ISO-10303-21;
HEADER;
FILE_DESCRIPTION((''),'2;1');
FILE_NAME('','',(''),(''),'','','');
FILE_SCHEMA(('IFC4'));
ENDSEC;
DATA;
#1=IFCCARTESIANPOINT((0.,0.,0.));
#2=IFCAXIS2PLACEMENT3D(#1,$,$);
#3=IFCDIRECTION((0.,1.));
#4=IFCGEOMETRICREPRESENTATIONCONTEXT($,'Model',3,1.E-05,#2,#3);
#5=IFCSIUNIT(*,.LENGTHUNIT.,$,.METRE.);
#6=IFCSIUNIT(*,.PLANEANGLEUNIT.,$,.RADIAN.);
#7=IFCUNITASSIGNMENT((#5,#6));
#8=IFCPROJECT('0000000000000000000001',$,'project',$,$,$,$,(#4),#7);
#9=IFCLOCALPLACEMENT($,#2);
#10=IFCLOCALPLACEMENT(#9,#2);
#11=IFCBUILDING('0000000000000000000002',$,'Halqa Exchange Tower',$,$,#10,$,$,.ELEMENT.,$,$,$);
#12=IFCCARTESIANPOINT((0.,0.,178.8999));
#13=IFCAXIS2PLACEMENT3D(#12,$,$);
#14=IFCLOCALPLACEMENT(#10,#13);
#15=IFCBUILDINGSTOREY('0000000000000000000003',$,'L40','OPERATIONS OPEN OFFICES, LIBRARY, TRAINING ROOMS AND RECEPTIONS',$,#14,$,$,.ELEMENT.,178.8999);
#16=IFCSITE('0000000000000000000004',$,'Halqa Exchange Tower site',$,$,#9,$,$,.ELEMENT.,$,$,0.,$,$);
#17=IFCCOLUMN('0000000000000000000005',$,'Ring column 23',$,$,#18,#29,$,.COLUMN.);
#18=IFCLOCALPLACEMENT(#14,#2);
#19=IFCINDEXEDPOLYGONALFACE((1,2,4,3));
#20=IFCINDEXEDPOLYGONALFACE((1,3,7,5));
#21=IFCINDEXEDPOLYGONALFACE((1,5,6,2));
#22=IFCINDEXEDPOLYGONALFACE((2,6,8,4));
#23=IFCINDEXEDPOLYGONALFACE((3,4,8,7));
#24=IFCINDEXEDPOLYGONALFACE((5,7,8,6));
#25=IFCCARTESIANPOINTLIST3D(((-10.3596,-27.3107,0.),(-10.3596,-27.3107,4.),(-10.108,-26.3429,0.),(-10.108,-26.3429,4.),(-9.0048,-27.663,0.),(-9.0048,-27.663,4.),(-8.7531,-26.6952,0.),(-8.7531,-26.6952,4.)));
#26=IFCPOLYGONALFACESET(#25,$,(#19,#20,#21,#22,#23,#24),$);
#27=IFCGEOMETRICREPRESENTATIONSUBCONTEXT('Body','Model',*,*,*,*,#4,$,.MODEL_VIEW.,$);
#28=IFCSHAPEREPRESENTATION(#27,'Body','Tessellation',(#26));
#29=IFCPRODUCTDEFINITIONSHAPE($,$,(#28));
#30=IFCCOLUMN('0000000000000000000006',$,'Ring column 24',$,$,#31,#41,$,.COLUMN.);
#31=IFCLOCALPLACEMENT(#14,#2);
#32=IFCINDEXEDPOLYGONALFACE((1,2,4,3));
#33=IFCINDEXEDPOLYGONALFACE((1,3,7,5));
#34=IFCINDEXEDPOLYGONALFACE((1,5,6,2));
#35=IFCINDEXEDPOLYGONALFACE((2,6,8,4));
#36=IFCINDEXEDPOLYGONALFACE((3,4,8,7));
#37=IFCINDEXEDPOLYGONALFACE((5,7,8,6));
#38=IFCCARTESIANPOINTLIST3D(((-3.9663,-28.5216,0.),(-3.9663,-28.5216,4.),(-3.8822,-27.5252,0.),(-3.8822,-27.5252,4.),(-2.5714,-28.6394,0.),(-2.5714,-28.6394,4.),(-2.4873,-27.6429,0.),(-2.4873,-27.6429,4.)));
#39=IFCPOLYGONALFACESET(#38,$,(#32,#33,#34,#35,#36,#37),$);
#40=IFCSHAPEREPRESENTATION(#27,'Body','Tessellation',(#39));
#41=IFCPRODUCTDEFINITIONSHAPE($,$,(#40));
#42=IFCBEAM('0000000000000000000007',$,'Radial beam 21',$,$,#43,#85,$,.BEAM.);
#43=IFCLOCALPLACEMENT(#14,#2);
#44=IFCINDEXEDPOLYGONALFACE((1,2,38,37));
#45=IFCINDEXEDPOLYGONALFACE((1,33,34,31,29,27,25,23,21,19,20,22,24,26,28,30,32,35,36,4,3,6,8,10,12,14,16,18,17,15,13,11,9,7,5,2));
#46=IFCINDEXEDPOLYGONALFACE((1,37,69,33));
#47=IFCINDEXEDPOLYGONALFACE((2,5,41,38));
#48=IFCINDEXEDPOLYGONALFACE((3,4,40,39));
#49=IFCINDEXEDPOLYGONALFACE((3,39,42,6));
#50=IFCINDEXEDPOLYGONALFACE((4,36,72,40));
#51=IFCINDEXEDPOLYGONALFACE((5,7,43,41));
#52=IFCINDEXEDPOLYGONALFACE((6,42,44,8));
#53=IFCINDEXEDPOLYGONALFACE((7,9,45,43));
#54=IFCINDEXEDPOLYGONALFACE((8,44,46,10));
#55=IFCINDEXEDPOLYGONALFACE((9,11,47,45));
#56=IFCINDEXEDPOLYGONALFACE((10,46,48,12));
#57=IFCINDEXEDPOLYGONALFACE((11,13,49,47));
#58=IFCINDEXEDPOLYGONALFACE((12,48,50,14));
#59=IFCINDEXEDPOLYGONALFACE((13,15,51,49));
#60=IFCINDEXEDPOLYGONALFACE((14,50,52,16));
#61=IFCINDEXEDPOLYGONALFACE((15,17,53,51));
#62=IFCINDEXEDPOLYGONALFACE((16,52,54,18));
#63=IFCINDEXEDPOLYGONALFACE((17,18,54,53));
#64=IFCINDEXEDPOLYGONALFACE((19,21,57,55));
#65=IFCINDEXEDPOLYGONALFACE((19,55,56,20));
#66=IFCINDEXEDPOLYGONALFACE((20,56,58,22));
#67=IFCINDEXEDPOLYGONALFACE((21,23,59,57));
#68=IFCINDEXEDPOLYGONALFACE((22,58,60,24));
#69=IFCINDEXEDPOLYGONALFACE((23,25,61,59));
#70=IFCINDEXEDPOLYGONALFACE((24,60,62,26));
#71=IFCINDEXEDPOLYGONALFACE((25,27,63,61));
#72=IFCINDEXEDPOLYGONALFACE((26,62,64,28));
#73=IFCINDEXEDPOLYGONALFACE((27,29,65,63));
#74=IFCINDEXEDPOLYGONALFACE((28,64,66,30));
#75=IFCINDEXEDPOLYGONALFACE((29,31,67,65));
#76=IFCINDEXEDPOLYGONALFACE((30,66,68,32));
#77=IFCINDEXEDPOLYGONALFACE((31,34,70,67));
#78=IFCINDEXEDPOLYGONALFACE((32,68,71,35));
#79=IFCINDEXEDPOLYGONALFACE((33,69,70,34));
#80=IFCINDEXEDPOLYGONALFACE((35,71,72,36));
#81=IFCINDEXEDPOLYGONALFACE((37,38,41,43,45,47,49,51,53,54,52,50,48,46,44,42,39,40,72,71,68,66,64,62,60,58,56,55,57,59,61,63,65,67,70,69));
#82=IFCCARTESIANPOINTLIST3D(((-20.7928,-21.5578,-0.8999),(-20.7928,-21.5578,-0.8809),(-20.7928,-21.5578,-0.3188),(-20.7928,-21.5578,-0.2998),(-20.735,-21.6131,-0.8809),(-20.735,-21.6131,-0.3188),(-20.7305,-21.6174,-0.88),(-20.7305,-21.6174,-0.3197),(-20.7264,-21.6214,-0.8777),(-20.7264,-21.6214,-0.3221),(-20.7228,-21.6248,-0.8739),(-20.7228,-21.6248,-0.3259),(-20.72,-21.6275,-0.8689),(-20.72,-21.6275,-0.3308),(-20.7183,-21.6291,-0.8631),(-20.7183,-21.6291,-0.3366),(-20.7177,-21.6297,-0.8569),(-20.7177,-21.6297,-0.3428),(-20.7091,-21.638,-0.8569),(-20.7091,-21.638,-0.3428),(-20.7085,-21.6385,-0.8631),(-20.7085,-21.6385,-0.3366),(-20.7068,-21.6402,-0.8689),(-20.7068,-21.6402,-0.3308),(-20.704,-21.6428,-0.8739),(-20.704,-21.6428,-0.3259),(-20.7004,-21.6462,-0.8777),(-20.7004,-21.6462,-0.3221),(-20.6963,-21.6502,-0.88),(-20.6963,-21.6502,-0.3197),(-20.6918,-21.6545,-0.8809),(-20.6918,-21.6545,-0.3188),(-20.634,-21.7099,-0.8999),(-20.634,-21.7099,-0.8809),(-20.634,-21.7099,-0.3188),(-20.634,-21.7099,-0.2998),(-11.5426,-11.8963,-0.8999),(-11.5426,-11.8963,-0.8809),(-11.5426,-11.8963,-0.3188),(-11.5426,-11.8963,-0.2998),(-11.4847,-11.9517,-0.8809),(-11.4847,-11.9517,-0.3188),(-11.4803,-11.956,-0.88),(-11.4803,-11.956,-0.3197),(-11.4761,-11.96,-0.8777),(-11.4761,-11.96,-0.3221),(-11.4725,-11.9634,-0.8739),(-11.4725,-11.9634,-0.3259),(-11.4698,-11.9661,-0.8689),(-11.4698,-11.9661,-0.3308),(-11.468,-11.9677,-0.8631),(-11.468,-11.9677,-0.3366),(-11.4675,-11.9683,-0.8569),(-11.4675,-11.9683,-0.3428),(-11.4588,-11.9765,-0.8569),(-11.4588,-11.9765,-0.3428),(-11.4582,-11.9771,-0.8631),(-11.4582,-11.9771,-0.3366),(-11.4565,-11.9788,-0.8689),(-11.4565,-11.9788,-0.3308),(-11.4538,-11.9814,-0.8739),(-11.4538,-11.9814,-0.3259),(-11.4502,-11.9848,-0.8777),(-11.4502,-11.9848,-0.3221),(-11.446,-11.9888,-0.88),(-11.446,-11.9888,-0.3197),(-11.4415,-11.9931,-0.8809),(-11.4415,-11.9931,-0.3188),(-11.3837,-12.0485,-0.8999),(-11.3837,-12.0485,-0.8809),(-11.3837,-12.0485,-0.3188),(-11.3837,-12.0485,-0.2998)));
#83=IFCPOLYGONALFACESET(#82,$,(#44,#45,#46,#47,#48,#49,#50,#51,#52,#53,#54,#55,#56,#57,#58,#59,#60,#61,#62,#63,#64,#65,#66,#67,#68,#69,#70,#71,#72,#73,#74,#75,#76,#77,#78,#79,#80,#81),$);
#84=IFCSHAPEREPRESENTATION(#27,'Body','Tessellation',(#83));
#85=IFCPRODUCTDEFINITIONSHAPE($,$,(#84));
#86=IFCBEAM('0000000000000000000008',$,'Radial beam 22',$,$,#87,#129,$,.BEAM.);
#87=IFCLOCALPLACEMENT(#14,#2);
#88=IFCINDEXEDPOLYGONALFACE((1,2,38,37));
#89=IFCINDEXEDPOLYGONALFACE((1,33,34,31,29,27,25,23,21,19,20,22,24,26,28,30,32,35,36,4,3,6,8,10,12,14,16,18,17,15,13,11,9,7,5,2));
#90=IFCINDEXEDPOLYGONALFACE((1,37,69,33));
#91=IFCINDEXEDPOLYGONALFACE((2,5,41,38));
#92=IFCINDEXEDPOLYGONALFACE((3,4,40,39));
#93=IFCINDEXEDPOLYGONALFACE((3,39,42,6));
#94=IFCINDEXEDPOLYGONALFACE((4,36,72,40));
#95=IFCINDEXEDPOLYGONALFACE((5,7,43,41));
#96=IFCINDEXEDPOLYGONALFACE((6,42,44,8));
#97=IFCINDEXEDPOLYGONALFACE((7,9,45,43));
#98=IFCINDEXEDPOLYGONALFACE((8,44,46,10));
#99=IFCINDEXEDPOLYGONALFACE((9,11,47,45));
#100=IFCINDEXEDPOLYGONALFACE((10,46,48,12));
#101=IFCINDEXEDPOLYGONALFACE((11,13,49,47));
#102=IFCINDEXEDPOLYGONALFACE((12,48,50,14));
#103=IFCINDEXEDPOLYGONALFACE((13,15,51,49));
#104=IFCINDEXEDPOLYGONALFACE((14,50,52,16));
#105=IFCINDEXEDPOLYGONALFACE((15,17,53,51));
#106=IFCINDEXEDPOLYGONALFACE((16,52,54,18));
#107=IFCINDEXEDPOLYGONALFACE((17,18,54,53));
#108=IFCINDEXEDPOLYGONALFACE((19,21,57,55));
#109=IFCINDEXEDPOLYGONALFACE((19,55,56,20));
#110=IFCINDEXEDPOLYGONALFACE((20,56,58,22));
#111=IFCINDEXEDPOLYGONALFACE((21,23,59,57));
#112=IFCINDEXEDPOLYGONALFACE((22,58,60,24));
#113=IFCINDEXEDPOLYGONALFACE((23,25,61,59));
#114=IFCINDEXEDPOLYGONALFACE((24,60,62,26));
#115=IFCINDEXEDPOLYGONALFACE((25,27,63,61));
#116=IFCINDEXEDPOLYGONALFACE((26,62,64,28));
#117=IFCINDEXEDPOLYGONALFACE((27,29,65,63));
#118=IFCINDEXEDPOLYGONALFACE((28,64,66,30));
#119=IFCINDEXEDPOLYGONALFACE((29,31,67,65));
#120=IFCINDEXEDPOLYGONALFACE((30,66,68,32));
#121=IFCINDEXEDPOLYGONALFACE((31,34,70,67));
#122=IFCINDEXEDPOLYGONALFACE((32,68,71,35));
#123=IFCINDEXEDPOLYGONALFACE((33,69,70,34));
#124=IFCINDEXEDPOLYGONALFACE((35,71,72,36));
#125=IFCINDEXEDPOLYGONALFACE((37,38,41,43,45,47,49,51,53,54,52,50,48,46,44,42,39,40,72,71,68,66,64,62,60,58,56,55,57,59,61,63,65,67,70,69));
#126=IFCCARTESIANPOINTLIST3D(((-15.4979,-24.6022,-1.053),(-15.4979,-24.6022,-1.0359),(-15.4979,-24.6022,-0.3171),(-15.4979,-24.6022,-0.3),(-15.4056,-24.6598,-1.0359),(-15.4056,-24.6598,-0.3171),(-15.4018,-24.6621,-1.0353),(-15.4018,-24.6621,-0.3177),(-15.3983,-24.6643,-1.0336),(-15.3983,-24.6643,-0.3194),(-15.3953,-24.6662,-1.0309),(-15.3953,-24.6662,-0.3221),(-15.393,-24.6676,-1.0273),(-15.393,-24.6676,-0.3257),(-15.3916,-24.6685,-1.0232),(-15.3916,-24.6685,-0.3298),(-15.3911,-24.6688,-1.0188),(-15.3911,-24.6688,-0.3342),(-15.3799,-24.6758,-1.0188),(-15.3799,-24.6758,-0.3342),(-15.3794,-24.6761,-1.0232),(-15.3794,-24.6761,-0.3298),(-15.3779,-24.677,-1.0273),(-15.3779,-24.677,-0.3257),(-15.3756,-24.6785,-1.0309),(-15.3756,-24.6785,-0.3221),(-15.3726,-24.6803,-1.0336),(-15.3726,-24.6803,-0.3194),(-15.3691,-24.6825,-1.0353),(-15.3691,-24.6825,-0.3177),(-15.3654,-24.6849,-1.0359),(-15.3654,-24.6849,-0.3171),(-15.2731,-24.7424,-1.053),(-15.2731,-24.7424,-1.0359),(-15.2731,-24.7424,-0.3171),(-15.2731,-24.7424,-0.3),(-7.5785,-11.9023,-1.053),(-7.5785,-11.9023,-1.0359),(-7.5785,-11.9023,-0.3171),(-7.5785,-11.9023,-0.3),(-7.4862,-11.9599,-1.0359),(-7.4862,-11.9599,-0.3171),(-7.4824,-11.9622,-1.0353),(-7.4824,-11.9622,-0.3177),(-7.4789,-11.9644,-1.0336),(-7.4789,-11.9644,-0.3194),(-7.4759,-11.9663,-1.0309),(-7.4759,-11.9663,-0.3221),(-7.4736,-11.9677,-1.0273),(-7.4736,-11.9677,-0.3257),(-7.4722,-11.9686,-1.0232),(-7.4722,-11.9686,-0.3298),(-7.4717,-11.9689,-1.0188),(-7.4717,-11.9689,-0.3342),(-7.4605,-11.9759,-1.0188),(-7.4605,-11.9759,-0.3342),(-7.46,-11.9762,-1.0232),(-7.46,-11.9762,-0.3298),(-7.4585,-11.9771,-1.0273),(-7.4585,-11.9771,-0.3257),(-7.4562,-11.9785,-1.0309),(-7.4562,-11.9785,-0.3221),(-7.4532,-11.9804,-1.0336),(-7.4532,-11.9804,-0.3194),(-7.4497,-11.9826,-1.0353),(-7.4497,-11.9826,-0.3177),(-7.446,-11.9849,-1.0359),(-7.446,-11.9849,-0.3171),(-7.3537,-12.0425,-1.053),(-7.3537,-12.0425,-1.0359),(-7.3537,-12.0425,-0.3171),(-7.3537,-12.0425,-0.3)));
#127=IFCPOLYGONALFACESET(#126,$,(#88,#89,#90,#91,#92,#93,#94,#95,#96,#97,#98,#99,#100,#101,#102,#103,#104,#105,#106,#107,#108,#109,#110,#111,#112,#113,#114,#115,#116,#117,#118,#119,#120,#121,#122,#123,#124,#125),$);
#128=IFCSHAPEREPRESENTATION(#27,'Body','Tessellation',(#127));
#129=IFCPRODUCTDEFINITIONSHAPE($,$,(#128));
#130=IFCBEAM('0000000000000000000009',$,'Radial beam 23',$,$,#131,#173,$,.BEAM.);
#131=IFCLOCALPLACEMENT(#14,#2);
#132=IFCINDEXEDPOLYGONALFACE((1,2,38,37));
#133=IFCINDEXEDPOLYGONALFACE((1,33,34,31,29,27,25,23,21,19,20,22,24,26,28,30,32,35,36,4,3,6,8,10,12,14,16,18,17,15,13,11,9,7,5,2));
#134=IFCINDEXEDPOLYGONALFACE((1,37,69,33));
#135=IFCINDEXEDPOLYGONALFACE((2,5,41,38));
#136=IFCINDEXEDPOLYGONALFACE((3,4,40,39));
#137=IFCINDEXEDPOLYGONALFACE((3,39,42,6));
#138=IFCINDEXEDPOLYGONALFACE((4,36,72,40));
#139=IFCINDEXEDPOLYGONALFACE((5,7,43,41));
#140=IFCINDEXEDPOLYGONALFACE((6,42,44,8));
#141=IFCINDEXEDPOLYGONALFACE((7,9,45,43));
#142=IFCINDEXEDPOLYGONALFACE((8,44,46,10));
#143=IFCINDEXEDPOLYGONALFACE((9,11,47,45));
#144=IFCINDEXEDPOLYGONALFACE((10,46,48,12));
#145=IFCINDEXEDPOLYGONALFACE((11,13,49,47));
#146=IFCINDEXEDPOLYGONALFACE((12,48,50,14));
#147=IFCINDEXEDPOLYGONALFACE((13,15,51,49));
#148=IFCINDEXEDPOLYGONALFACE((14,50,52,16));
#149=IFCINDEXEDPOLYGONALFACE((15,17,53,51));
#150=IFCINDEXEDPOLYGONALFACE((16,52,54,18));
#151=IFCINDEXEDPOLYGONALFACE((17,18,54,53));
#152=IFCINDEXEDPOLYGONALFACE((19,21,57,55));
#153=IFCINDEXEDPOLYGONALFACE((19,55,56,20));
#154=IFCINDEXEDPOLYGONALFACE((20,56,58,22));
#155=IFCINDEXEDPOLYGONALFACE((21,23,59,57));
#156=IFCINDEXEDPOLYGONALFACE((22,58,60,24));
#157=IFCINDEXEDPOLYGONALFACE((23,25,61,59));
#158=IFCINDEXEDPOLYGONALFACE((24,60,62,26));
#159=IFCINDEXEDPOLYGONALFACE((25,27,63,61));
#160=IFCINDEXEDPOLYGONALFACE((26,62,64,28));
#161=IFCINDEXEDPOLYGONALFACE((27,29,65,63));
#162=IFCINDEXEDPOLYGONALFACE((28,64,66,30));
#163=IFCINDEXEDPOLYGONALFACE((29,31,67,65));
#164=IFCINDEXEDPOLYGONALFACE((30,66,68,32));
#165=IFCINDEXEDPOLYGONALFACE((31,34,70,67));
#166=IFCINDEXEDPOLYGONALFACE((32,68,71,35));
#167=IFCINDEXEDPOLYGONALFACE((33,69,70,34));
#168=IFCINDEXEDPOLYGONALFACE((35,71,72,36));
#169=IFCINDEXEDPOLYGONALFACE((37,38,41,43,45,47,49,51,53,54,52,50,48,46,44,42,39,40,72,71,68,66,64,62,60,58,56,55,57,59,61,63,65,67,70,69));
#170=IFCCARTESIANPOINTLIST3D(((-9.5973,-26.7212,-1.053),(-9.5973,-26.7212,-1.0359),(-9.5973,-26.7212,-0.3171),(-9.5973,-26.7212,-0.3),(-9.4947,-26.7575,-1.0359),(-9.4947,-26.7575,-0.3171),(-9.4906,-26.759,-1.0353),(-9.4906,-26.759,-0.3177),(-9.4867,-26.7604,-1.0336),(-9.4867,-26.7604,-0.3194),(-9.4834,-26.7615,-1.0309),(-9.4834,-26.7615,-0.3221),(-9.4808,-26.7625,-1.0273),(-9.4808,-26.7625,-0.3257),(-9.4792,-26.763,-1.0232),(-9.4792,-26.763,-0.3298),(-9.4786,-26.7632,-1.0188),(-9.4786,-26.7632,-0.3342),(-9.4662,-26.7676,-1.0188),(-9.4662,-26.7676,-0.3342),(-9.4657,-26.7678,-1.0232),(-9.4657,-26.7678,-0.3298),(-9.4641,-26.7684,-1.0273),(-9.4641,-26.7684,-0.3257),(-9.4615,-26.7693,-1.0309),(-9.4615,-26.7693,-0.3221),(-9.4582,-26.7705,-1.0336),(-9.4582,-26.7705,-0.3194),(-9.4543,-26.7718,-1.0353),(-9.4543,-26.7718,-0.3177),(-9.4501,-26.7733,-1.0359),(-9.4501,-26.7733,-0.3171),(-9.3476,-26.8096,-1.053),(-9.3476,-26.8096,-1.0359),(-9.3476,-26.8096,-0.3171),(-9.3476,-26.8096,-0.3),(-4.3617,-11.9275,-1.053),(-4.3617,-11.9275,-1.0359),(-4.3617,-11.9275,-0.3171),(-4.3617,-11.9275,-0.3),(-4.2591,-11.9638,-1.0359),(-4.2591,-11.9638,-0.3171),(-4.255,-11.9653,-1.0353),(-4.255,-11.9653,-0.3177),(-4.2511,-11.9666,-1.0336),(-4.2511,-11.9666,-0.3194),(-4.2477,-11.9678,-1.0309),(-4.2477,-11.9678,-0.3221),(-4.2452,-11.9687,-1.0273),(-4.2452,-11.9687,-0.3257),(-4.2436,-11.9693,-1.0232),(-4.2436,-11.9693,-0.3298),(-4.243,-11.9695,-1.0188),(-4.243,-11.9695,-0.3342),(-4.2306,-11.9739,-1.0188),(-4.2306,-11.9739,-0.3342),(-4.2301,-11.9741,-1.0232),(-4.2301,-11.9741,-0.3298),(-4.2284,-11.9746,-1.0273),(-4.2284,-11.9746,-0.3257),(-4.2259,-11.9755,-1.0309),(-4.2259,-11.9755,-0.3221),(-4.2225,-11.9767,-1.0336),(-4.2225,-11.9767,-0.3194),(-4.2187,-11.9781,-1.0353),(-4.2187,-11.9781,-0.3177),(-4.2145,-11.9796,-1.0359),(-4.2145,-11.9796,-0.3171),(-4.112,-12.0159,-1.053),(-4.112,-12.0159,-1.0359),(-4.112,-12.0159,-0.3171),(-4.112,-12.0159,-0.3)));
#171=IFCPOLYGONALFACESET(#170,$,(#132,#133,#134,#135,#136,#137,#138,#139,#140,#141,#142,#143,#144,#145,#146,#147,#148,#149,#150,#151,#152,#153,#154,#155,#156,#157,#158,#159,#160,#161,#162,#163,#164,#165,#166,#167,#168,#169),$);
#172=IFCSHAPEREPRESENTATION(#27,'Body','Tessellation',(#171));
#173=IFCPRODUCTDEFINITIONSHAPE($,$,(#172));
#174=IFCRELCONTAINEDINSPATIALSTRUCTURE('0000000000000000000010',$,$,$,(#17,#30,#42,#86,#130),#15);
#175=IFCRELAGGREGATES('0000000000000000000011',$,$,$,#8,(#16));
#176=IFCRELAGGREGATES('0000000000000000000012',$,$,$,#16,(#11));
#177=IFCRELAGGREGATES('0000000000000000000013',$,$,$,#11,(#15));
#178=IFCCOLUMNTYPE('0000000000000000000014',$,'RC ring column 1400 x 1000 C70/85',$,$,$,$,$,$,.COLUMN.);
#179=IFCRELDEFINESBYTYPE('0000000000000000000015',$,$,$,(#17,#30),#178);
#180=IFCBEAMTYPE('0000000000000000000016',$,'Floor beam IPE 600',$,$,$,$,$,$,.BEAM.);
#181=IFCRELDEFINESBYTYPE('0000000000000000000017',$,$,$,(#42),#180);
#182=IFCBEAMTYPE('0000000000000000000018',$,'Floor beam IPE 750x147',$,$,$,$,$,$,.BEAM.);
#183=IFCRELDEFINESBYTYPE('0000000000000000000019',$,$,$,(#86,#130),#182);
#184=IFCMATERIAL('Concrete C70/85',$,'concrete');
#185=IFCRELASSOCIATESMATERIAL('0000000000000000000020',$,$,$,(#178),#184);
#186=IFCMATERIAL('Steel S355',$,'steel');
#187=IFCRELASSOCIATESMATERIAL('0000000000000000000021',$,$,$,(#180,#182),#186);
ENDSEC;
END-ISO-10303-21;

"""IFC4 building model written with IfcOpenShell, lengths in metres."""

from ifc_helpers import new_model, si_unit, direction, frame, origin, origin_2d, place, context, subcontext, project, spatial, rectangle, i_section, extrude, material, material_profile, profile_set, type_object, element, save


model = new_model("IFC4")

# Units and contexts
model_context = context("Model", 3, precision=1e-05, world=origin(), true_north=direction((0.0, 1.0)))
body_context = subcontext(model_context, "Body", "Model", "MODEL_VIEW")
ifc_project = project(units=[si_unit("LENGTHUNIT", "METRE"), si_unit("PLANEANGLEUNIT", "RADIAN")], contexts=[model_context])

# Site, building, storey
site_placement = place(None, origin())
site = spatial("IfcSite", under=ifc_project, at=site_placement, Name="Halqa Exchange Tower site", CompositionType="ELEMENT", RefElevation=0.0)
building_placement = place(site_placement, origin())
building = spatial("IfcBuilding", under=site, at=building_placement, Name="Halqa Exchange Tower", CompositionType="ELEMENT")
storey_placement = place(building_placement, frame((0.0, 0.0, 178.8999)))
storey = spatial("IfcBuildingStorey", under=building, at=storey_placement, Name="L40", Description="OPERATIONS OPEN OFFICES, LIBRARY, TRAINING ROOMS AND RECEPTIONS", CompositionType="ELEMENT", Elevation=178.8999)

# Columns
ifc_material_1 = material(Name="Concrete C70/85", Category="concrete")
ifc_material_profile_1 = material_profile(ifc_material_1, rectangle(XDim=1.3999, YDim=1.0, at=origin_2d()), Name="1400 x 1000")
ifc_profile_set_1 = profile_set([ifc_material_profile_1], Name="Concrete C70/85")
column_type = type_object("IfcColumnType", Name="RC ring column 1400 x 1000 C70/85", PredefinedType="COLUMN", material=ifc_profile_set_1)
for number, where, z_axis, x_axis, name in (
    (1, (-9.5564, -27.0029, 0.0), (0.0, 0.0, 1.0), (0.96782, -0.251645, 0.0), "Ring column 23"),
    (2, (-3.2268, -28.0823, 0.0), (0.0, 0.0, 1.0), (0.996455, -0.084123, 0.0), "Ring column 24"),
):
    element("IfcColumn", number, at=place(storey_placement, frame(where, z_axis=z_axis, x_axis=x_axis)), inside=storey, type_object=column_type, Name=name, PredefinedType="COLUMN", context=body_context, shape_type="SweptSolid", body=[
        extrude(rectangle(XDim=1.3999, YDim=1.0, at=origin_2d()), origin(), (0.0, 0.0, 1.0), 4.0),
    ])

# Beams
ifc_material_2 = material(Name="Steel S355", Category="steel")
ifc_material_profile_2 = material_profile(ifc_material_2, i_section(OverallWidth=0.22, OverallDepth=0.6001, WebThickness=0.012, FlangeThickness=0.019, FilletRadius=0.0239, at=origin_2d()), Name="IPE 600")
ifc_profile_set_2 = profile_set([ifc_material_profile_2], Name="Steel S355")
beam_type_1 = type_object("IfcBeamType", Name="Floor beam IPE 600", PredefinedType="BEAM", material=ifc_profile_set_2)
beam_1_placement = place(storey_placement, frame((-11.4631, -11.9724, -0.5999), z_axis=(-0.691571, -0.722308, 0.0), x_axis=(0.722308, -0.691571, 0.0)))
element("IfcBeam", 3, at=beam_1_placement, inside=storey, type_object=beam_type_1, Name="Radial beam 21", PredefinedType="BEAM", context=body_context, shape_type="SweptSolid", body=[
    extrude(i_section(OverallWidth=0.22, OverallDepth=0.6001, WebThickness=0.012, FlangeThickness=0.019, FilletRadius=0.0239, at=origin_2d()), origin(), (0.0, 0.0, 1.0), 13.3757),
])
ifc_material_profile_3 = material_profile(ifc_material_2, i_section(OverallWidth=0.2649, OverallDepth=0.7529, WebThickness=0.0132, FlangeThickness=0.0171, FilletRadius=0.0171, at=origin_2d()), Name="IPE 750x147")
ifc_profile_set_3 = profile_set([ifc_material_profile_3], Name="Steel S355")
beam_type_2 = type_object("IfcBeamType", Name="Floor beam IPE 750x147", PredefinedType="BEAM", material=ifc_profile_set_3)
beam_2_placement = place(storey_placement, frame((-7.4661, -11.9724, -0.6765), z_axis=(-0.529132, -0.848539, 0.0), x_axis=(0.848539, -0.529132, 0.0)))
element("IfcBeam", 4, at=beam_2_placement, inside=storey, type_object=beam_type_2, Name="Radial beam 22", PredefinedType="BEAM", context=body_context, shape_type="SweptSolid", body=[
    extrude(i_section(OverallWidth=0.2649, OverallDepth=0.7529, WebThickness=0.0132, FlangeThickness=0.0171, FilletRadius=0.0171, at=origin_2d()), origin(), (0.0, 0.0, 1.0), 14.9668),
])
beam_3_placement = place(storey_placement, frame((-4.2368, -11.9717, -0.6765), z_axis=(-0.33363, -0.942704, 0.0), x_axis=(0.942704, -0.33363, 0.0)))
element("IfcBeam", 5, at=beam_3_placement, inside=storey, type_object=beam_type_2, Name="Radial beam 23", PredefinedType="BEAM", context=body_context, shape_type="SweptSolid", body=[
    extrude(i_section(OverallWidth=0.2649, OverallDepth=0.7529, WebThickness=0.0132, FlangeThickness=0.0171, FilletRadius=0.0171, at=origin_2d()), origin(), (0.0, 0.0, 1.0), 15.6929),
])

save(model, "model.ifc")
